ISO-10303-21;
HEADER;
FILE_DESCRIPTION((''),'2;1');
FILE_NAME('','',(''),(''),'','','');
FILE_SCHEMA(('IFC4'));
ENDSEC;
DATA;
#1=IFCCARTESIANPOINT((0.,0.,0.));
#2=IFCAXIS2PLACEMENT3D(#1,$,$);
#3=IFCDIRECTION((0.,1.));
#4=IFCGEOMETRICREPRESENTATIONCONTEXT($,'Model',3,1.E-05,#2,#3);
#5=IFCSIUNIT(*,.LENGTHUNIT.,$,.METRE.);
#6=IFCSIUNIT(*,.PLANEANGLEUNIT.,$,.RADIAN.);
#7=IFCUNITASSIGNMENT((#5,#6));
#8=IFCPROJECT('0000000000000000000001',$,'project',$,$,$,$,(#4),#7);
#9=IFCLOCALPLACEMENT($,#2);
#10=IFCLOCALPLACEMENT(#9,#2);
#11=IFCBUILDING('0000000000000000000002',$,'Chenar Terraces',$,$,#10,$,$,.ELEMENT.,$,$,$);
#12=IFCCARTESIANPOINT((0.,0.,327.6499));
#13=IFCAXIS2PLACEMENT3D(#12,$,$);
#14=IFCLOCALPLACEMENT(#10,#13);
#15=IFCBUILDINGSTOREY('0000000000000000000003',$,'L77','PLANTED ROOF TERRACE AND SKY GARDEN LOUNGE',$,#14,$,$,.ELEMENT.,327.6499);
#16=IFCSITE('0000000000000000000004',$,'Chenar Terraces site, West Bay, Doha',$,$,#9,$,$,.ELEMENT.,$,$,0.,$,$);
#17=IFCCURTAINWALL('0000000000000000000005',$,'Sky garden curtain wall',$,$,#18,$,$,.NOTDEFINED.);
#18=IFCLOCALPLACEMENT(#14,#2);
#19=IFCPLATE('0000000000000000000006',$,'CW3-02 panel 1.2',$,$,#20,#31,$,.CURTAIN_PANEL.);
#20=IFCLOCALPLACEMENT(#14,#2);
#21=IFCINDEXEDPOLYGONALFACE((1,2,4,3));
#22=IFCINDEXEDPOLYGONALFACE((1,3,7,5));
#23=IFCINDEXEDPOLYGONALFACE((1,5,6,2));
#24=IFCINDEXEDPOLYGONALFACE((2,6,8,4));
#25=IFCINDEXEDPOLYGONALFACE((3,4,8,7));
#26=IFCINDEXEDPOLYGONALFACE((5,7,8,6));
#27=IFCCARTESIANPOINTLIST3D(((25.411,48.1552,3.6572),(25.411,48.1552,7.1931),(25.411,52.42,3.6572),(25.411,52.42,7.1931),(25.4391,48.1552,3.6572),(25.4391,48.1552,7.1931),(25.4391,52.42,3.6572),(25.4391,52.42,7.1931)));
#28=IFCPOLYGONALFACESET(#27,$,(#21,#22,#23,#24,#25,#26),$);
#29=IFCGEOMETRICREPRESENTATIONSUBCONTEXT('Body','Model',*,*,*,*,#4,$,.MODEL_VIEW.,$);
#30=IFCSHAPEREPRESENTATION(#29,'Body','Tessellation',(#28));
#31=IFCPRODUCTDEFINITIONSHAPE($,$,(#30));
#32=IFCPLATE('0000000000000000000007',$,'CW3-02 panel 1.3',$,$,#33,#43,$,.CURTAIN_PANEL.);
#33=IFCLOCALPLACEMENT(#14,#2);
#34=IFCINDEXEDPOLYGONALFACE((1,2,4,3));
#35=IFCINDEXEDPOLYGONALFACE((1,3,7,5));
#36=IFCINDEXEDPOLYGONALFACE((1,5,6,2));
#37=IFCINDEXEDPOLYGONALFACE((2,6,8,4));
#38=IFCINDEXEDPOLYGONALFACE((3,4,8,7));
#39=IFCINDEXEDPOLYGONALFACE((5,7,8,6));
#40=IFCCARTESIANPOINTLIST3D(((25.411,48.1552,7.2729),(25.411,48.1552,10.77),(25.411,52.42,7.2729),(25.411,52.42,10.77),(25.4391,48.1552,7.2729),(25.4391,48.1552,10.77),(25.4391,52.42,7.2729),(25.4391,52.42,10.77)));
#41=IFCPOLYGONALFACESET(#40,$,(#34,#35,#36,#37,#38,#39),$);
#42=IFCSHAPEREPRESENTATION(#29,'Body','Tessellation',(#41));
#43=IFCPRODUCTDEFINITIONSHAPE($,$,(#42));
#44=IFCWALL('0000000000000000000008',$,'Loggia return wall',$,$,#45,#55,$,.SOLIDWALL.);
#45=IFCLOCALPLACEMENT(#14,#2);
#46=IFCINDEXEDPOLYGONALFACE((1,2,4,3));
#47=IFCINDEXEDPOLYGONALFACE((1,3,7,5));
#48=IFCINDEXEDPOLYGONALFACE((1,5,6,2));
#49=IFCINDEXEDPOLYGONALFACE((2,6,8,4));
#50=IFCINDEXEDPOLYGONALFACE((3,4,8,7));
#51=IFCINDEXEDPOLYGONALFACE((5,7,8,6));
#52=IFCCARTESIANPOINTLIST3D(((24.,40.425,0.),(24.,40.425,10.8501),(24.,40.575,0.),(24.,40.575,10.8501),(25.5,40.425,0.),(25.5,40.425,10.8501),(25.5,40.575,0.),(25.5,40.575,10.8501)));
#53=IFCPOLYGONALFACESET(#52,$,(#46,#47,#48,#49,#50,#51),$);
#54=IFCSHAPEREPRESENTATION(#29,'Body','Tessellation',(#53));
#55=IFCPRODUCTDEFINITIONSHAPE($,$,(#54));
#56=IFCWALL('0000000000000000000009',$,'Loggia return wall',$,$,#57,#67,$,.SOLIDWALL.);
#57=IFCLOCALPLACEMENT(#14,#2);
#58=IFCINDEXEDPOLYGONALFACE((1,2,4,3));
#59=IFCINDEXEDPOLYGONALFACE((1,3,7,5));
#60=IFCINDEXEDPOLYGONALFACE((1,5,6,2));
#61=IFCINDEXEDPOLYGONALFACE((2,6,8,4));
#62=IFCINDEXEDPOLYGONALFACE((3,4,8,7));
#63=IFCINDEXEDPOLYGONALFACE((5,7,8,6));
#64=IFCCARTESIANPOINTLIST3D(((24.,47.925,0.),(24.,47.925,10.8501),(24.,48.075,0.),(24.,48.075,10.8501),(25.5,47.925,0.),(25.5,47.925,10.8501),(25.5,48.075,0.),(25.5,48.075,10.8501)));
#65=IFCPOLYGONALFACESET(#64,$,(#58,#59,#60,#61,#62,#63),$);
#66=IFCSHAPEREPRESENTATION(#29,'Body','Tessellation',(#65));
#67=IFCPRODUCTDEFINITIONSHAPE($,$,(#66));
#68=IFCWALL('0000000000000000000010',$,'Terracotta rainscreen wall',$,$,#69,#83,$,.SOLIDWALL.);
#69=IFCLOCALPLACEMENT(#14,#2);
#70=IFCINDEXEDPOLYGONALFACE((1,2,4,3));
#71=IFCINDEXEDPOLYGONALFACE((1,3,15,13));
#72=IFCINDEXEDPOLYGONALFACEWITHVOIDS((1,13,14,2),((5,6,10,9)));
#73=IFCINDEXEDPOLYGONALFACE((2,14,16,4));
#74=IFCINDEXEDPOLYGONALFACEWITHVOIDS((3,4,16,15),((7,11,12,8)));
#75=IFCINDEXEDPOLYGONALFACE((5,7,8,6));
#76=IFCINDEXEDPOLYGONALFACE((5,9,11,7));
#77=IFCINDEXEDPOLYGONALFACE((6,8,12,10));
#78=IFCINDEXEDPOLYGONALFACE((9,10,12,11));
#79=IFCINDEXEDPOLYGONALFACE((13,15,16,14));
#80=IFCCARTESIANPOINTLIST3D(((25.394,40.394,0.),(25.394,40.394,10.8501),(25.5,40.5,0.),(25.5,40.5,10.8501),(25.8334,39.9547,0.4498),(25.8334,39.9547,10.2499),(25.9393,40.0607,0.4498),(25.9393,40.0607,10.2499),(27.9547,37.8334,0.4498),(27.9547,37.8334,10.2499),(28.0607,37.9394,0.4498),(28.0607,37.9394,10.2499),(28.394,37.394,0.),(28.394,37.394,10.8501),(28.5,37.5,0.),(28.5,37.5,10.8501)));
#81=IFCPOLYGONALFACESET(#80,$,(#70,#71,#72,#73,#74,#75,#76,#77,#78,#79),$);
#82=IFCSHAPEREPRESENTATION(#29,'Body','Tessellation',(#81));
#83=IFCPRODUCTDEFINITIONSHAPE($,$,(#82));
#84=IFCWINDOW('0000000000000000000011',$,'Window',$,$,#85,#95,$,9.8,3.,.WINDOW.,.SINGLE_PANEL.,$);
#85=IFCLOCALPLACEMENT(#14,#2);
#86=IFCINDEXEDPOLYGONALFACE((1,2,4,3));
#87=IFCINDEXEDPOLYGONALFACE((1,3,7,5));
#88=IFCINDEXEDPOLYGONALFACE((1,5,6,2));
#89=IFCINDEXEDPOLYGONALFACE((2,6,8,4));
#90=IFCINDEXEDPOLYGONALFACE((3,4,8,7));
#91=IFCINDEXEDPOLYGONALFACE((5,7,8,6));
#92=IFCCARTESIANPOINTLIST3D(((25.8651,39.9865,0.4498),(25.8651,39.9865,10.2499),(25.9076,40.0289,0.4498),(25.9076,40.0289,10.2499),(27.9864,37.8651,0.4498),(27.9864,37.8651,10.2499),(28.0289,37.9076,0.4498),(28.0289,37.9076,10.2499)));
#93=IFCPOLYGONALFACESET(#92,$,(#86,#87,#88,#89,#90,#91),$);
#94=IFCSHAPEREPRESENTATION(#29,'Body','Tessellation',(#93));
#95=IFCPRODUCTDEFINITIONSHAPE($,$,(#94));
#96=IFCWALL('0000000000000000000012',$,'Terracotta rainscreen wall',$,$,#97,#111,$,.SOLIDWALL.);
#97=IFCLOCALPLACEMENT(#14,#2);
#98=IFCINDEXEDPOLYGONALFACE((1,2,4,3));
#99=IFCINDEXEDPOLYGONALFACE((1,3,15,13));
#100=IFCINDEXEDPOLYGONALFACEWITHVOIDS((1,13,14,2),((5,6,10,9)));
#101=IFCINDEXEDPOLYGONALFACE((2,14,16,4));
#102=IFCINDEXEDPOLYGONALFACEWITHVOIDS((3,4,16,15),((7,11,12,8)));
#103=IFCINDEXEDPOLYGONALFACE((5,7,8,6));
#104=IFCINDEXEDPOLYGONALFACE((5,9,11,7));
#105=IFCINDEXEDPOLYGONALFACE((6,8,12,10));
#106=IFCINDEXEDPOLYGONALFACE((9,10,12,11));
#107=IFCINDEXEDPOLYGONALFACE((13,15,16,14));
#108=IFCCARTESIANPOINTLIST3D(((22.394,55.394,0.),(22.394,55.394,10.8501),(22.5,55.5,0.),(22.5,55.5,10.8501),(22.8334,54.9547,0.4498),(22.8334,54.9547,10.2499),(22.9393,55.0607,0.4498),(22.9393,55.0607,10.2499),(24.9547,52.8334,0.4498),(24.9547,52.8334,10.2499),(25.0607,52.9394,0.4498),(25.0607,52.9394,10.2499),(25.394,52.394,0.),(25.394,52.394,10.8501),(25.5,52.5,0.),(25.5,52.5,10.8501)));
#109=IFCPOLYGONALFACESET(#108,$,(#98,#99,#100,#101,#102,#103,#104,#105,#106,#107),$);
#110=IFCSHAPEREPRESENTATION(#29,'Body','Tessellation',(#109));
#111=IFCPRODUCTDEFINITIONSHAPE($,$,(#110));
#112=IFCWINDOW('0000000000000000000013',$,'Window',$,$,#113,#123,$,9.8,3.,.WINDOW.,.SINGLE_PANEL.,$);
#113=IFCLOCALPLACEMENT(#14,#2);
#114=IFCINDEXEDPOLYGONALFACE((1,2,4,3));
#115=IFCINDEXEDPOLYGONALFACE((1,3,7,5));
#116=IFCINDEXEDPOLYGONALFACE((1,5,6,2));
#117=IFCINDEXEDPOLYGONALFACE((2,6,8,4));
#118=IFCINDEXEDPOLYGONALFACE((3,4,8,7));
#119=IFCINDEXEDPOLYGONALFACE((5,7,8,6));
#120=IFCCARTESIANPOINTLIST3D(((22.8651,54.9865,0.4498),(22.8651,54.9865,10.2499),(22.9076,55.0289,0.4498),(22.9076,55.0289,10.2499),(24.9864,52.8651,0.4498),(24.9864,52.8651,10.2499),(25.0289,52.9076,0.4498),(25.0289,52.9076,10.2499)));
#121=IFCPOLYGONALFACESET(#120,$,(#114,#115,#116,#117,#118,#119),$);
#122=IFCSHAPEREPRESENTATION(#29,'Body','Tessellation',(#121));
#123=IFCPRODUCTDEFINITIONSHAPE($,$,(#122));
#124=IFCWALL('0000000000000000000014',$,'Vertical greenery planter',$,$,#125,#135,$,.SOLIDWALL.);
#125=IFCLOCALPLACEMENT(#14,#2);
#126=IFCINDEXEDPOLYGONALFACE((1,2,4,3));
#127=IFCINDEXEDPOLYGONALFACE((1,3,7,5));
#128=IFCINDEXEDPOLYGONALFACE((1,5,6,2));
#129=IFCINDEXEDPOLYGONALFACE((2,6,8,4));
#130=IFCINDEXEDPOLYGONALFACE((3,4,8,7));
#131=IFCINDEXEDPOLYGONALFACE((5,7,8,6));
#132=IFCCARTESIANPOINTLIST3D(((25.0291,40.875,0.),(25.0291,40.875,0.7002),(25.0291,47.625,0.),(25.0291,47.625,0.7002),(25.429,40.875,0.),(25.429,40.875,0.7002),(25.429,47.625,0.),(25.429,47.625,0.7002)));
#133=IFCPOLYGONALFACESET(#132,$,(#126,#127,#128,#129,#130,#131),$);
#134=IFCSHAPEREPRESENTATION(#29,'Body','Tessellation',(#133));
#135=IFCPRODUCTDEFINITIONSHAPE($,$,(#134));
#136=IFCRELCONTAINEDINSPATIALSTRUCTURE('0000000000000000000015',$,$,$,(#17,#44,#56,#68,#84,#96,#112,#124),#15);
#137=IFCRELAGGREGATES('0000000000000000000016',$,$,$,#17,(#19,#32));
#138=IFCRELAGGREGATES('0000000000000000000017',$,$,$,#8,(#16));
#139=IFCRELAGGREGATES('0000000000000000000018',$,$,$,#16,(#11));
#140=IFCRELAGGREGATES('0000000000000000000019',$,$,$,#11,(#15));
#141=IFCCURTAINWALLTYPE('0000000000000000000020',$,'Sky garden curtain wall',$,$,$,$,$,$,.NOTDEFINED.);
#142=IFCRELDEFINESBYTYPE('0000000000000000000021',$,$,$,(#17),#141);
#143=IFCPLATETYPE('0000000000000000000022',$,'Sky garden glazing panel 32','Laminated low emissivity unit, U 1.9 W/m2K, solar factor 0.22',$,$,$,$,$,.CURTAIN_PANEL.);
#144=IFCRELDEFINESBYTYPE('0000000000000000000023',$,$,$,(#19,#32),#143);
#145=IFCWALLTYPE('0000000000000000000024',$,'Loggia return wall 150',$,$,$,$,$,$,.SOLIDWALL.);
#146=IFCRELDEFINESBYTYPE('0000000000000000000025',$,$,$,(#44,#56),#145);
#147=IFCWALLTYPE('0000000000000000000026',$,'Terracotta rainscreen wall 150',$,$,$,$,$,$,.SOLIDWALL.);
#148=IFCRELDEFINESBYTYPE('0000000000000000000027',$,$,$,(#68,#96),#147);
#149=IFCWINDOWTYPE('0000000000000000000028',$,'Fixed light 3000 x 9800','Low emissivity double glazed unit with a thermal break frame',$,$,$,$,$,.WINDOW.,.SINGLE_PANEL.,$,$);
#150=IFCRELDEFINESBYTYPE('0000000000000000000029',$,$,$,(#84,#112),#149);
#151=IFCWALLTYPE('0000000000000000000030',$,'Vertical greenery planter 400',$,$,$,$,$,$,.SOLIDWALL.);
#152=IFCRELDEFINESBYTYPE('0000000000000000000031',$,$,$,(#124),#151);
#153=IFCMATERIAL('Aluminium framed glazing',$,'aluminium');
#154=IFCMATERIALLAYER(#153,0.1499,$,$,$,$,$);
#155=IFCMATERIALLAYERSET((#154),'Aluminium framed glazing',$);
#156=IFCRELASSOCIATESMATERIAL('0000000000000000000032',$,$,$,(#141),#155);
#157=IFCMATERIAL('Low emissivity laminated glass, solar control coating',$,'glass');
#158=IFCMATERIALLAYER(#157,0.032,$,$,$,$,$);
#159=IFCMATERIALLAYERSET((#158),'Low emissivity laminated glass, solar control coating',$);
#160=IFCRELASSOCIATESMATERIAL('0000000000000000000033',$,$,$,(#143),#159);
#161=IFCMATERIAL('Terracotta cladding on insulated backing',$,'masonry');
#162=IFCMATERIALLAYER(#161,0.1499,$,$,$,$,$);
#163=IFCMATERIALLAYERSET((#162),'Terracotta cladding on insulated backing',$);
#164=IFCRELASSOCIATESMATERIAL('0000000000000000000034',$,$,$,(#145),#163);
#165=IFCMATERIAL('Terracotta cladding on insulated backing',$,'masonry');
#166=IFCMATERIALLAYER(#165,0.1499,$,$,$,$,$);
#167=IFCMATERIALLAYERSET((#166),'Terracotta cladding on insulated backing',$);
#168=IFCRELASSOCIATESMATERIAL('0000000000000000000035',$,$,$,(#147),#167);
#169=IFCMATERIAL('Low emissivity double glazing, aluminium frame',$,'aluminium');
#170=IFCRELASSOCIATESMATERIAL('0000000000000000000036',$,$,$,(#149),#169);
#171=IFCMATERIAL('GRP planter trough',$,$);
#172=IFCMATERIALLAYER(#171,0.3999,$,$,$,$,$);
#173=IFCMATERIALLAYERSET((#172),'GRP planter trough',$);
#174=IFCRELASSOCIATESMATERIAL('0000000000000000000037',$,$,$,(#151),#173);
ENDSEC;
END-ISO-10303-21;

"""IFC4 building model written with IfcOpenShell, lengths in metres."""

from ifc_helpers import new_model, si_unit, direction, frame, frame_2d, origin, origin_2d, place, context, subcontext, project, spatial, rectangle, extrude, material, layer, layer_set, type_object, element, fill, aggregate, save


model = new_model("IFC4")

# Units and contexts
model_context = context("Model", 3, precision=1e-05, world=origin(), true_north=direction((0.0, 1.0)))
body_context = subcontext(model_context, "Body", "Model", "MODEL_VIEW")
ifc_project = project(units=[si_unit("LENGTHUNIT", "METRE"), si_unit("PLANEANGLEUNIT", "RADIAN")], contexts=[model_context])

# Site, building, storey
site_placement = place(None, origin())
site = spatial("IfcSite", under=ifc_project, at=site_placement, Name="Chenar Terraces site, West Bay, Doha", CompositionType="ELEMENT", RefElevation=0.0)
building_placement = place(site_placement, origin())
building = spatial("IfcBuilding", under=site, at=building_placement, Name="Chenar Terraces", CompositionType="ELEMENT")
storey_placement = place(building_placement, frame((0.0, 0.0, 327.6499)))
storey = spatial("IfcBuildingStorey", under=building, at=storey_placement, Name="L77", Description="PLANTED ROOF TERRACE AND SKY GARDEN LOUNGE", CompositionType="ELEMENT", Elevation=327.6499)

# Curtain wall
placement = place(storey_placement, origin())
ifc_material_1 = material(Name="Aluminium framed glazing", Category="aluminium")
ifc_layer_1 = layer(ifc_material_1, 0.1499)
ifc_layer_set_1 = layer_set([ifc_layer_1], Name="Aluminium framed glazing")
curtain_wall_type_1 = type_object("IfcCurtainWallType", Name="Sky garden curtain wall", PredefinedType="NOTDEFINED", material=ifc_layer_set_1)
curtain_wall_1 = element("IfcCurtainWall", 1, at=placement, inside=storey, type_object=curtain_wall_type_1, Name="Sky garden curtain wall", PredefinedType="NOTDEFINED")

# Plates
ifc_material_2 = material(Name="Low emissivity laminated glass, solar control coating", Category="glass")
ifc_layer_2 = layer(ifc_material_2, 0.032)
ifc_layer_set_2 = layer_set([ifc_layer_2], Name="Low emissivity laminated glass, solar control coating")
plate_type_1 = type_object("IfcPlateType", Name="Sky garden glazing panel 32", Description="Laminated low emissivity unit, U 1.9 W/m2K, solar factor 0.22", PredefinedType="CURTAIN_PANEL", material=ifc_layer_set_2)
plate_1_placement = place(storey_placement, frame((25.425, 50.2876, 3.6572), z_axis=(0.0, 0.0, 1.0), x_axis=(0.0, 1.0, 0.0)))
plate_1 = element("IfcPlate", 2, at=plate_1_placement, type_object=plate_type_1, Name="CW3-02 panel 1.2", PredefinedType="CURTAIN_PANEL", context=body_context, shape_type="SweptSolid", body=[
    extrude(rectangle(XDim=4.2649, YDim=0.0281, at=origin_2d()), origin(), (0.0, 0.0, 1.0), 3.5359),
])
plate_2_placement = place(storey_placement, frame((25.425, 50.2876, 7.2729), z_axis=(0.0, 0.0, 1.0), x_axis=(0.0, 1.0, 0.0)))
plate_2 = element("IfcPlate", 3, at=plate_2_placement, type_object=plate_type_1, Name="CW3-02 panel 1.3", PredefinedType="CURTAIN_PANEL", context=body_context, shape_type="SweptSolid", body=[
    extrude(rectangle(XDim=4.2649, YDim=0.0281, at=origin_2d()), origin(), (0.0, 0.0, 1.0), 3.4971),
])
aggregate(curtain_wall_1, [plate_1, plate_2])

# Walls
ifc_material_3 = material(Name="Terracotta cladding on insulated backing", Category="masonry")
ifc_layer_3 = layer(ifc_material_3, 0.1499)
ifc_layer_set_3 = layer_set([ifc_layer_3], Name="Terracotta cladding on insulated backing")
wall_type_1 = type_object("IfcWallType", Name="Loggia return wall 150", PredefinedType="SOLIDWALL", material=ifc_layer_set_3)
for number, where, z_axis, x_axis, name in (
    (4, (25.5, 40.5, 0.0), (0.0, 0.0, 1.0), (-1.0, 0.0, 0.0), "Loggia return wall"),
    (5, (25.5, 48.0, 0.0), (0.0, 0.0, 1.0), (-1.0, 0.0, 0.0), "Loggia return wall"),
):
    element("IfcWall", number, at=place(storey_placement, frame(where, z_axis=z_axis, x_axis=x_axis)), inside=storey, type_object=wall_type_1, Name=name, PredefinedType="SOLIDWALL", context=body_context, shape_type="SweptSolid", body=[
        extrude(rectangle(XDim=1.5, YDim=0.1499, at=frame_2d((0.75, 0.0))), origin(), (0.0, 0.0, 1.0), 10.8501),
    ])

# Walls, openings, windows
ifc_material_4 = material(Name="Terracotta cladding on insulated backing", Category="masonry")
ifc_layer_4 = layer(ifc_material_4, 0.1499)
ifc_layer_set_4 = layer_set([ifc_layer_4], Name="Terracotta cladding on insulated backing")
wall_type_2 = type_object("IfcWallType", Name="Terracotta rainscreen wall 150", PredefinedType="SOLIDWALL", material=ifc_layer_set_4)
wall_1_placement = place(storey_placement, frame((28.447, 37.447, 0.0), z_axis=(0.0, 0.0, 1.0), x_axis=(-0.707107, 0.707107, 0.0)))
wall_1 = element("IfcWall", 6, at=wall_1_placement, inside=storey, type_object=wall_type_2, Name="Terracotta rainscreen wall", PredefinedType="SOLIDWALL", context=body_context, shape_type="SweptSolid", body=[
    extrude(rectangle(XDim=4.2427, YDim=0.1499, at=frame_2d((2.1213, 0.0))), origin(), (0.0, 0.0, 1.0), 10.8501),
])
opening_1_placement = place(wall_1_placement, frame((0.6213, 0.0, 0.45)))
opening_1 = element("IfcOpeningElement", 7, at=opening_1_placement, cuts=wall_1, PredefinedType="OPENING", context=body_context, shape_type="SweptSolid", body=[
    extrude(rectangle(XDim=3.0, YDim=9.8, at=frame_2d((1.5, 4.8999))), frame((0.0, 0.085, 0.0), z_axis=(0.0, -1.0, 0.0), x_axis=(1.0, 0.0, 0.0)), (0.0, 0.0, 1.0), 0.1699),
])
ifc_material_5 = material(Name="Low emissivity double glazing, aluminium frame", Category="aluminium")
window_type = type_object("IfcWindowType", Name="Fixed light 3000 x 9800", Description="Low emissivity double glazed unit with a thermal break frame", PartitioningType="SINGLE_PANEL", PredefinedType="WINDOW", material=ifc_material_5)
window_1_placement = place(opening_1_placement, origin())
window_1 = element("IfcWindow", 8, at=window_1_placement, inside=storey, type_object=window_type, Name="Window", OverallHeight=9.8, OverallWidth=3.0, PartitioningType="SINGLE_PANEL", PredefinedType="WINDOW", context=body_context, shape_type="SweptSolid", body=[
    extrude(rectangle(XDim=3.0, YDim=9.8, at=frame_2d((1.5, 4.8999))), frame((0.0, 0.03, 0.0), z_axis=(0.0, -1.0, 0.0), x_axis=(1.0, 0.0, 0.0)), (0.0, 0.0, 1.0), 0.0601),
])
fill(opening_1, window_1)
wall_2_placement = place(storey_placement, frame((25.447, 52.447, 0.0), z_axis=(0.0, 0.0, 1.0), x_axis=(-0.707107, 0.707107, 0.0)))
wall_2 = element("IfcWall", 9, at=wall_2_placement, inside=storey, type_object=wall_type_2, Name="Terracotta rainscreen wall", PredefinedType="SOLIDWALL", context=body_context, shape_type="SweptSolid", body=[
    extrude(rectangle(XDim=4.2427, YDim=0.1499, at=frame_2d((2.1213, 0.0))), origin(), (0.0, 0.0, 1.0), 10.8501),
])
opening_2_placement = place(wall_2_placement, frame((0.6213, 0.0, 0.45)))
opening_2 = element("IfcOpeningElement", 10, at=opening_2_placement, cuts=wall_2, PredefinedType="OPENING", context=body_context, shape_type="SweptSolid", body=[
    extrude(rectangle(XDim=3.0, YDim=9.8, at=frame_2d((1.5, 4.8999))), frame((0.0, 0.085, 0.0), z_axis=(0.0, -1.0, 0.0), x_axis=(1.0, 0.0, 0.0)), (0.0, 0.0, 1.0), 0.1699),
])
window_2_placement = place(opening_2_placement, origin())
window_2 = element("IfcWindow", 11, at=window_2_placement, inside=storey, type_object=window_type, Name="Window", OverallHeight=9.8, OverallWidth=3.0, PartitioningType="SINGLE_PANEL", PredefinedType="WINDOW", context=body_context, shape_type="SweptSolid", body=[
    extrude(rectangle(XDim=3.0, YDim=9.8, at=frame_2d((1.5, 4.8999))), frame((0.0, 0.03, 0.0), z_axis=(0.0, -1.0, 0.0), x_axis=(1.0, 0.0, 0.0)), (0.0, 0.0, 1.0), 0.0601),
])
fill(opening_2, window_2)

# Wall
ifc_material_6 = material(Name="GRP planter trough")
ifc_layer_5 = layer(ifc_material_6, 0.3999)
ifc_layer_set_5 = layer_set([ifc_layer_5], Name="GRP planter trough")
wall_type_3 = type_object("IfcWallType", Name="Vertical greenery planter 400", PredefinedType="SOLIDWALL", material=ifc_layer_set_5)
wall_3_placement = place(storey_placement, frame((25.229, 40.875, 0.0), z_axis=(0.0, 0.0, 1.0), x_axis=(0.0, 1.0, 0.0)))
element("IfcWall", 12, at=wall_3_placement, inside=storey, type_object=wall_type_3, Name="Vertical greenery planter", PredefinedType="SOLIDWALL", context=body_context, shape_type="SweptSolid", body=[
    extrude(rectangle(XDim=6.75, YDim=0.3999, at=frame_2d((3.375, 0.0))), origin(), (0.0, 0.0, 1.0), 0.7002),
])

save(model, "model.ifc")
